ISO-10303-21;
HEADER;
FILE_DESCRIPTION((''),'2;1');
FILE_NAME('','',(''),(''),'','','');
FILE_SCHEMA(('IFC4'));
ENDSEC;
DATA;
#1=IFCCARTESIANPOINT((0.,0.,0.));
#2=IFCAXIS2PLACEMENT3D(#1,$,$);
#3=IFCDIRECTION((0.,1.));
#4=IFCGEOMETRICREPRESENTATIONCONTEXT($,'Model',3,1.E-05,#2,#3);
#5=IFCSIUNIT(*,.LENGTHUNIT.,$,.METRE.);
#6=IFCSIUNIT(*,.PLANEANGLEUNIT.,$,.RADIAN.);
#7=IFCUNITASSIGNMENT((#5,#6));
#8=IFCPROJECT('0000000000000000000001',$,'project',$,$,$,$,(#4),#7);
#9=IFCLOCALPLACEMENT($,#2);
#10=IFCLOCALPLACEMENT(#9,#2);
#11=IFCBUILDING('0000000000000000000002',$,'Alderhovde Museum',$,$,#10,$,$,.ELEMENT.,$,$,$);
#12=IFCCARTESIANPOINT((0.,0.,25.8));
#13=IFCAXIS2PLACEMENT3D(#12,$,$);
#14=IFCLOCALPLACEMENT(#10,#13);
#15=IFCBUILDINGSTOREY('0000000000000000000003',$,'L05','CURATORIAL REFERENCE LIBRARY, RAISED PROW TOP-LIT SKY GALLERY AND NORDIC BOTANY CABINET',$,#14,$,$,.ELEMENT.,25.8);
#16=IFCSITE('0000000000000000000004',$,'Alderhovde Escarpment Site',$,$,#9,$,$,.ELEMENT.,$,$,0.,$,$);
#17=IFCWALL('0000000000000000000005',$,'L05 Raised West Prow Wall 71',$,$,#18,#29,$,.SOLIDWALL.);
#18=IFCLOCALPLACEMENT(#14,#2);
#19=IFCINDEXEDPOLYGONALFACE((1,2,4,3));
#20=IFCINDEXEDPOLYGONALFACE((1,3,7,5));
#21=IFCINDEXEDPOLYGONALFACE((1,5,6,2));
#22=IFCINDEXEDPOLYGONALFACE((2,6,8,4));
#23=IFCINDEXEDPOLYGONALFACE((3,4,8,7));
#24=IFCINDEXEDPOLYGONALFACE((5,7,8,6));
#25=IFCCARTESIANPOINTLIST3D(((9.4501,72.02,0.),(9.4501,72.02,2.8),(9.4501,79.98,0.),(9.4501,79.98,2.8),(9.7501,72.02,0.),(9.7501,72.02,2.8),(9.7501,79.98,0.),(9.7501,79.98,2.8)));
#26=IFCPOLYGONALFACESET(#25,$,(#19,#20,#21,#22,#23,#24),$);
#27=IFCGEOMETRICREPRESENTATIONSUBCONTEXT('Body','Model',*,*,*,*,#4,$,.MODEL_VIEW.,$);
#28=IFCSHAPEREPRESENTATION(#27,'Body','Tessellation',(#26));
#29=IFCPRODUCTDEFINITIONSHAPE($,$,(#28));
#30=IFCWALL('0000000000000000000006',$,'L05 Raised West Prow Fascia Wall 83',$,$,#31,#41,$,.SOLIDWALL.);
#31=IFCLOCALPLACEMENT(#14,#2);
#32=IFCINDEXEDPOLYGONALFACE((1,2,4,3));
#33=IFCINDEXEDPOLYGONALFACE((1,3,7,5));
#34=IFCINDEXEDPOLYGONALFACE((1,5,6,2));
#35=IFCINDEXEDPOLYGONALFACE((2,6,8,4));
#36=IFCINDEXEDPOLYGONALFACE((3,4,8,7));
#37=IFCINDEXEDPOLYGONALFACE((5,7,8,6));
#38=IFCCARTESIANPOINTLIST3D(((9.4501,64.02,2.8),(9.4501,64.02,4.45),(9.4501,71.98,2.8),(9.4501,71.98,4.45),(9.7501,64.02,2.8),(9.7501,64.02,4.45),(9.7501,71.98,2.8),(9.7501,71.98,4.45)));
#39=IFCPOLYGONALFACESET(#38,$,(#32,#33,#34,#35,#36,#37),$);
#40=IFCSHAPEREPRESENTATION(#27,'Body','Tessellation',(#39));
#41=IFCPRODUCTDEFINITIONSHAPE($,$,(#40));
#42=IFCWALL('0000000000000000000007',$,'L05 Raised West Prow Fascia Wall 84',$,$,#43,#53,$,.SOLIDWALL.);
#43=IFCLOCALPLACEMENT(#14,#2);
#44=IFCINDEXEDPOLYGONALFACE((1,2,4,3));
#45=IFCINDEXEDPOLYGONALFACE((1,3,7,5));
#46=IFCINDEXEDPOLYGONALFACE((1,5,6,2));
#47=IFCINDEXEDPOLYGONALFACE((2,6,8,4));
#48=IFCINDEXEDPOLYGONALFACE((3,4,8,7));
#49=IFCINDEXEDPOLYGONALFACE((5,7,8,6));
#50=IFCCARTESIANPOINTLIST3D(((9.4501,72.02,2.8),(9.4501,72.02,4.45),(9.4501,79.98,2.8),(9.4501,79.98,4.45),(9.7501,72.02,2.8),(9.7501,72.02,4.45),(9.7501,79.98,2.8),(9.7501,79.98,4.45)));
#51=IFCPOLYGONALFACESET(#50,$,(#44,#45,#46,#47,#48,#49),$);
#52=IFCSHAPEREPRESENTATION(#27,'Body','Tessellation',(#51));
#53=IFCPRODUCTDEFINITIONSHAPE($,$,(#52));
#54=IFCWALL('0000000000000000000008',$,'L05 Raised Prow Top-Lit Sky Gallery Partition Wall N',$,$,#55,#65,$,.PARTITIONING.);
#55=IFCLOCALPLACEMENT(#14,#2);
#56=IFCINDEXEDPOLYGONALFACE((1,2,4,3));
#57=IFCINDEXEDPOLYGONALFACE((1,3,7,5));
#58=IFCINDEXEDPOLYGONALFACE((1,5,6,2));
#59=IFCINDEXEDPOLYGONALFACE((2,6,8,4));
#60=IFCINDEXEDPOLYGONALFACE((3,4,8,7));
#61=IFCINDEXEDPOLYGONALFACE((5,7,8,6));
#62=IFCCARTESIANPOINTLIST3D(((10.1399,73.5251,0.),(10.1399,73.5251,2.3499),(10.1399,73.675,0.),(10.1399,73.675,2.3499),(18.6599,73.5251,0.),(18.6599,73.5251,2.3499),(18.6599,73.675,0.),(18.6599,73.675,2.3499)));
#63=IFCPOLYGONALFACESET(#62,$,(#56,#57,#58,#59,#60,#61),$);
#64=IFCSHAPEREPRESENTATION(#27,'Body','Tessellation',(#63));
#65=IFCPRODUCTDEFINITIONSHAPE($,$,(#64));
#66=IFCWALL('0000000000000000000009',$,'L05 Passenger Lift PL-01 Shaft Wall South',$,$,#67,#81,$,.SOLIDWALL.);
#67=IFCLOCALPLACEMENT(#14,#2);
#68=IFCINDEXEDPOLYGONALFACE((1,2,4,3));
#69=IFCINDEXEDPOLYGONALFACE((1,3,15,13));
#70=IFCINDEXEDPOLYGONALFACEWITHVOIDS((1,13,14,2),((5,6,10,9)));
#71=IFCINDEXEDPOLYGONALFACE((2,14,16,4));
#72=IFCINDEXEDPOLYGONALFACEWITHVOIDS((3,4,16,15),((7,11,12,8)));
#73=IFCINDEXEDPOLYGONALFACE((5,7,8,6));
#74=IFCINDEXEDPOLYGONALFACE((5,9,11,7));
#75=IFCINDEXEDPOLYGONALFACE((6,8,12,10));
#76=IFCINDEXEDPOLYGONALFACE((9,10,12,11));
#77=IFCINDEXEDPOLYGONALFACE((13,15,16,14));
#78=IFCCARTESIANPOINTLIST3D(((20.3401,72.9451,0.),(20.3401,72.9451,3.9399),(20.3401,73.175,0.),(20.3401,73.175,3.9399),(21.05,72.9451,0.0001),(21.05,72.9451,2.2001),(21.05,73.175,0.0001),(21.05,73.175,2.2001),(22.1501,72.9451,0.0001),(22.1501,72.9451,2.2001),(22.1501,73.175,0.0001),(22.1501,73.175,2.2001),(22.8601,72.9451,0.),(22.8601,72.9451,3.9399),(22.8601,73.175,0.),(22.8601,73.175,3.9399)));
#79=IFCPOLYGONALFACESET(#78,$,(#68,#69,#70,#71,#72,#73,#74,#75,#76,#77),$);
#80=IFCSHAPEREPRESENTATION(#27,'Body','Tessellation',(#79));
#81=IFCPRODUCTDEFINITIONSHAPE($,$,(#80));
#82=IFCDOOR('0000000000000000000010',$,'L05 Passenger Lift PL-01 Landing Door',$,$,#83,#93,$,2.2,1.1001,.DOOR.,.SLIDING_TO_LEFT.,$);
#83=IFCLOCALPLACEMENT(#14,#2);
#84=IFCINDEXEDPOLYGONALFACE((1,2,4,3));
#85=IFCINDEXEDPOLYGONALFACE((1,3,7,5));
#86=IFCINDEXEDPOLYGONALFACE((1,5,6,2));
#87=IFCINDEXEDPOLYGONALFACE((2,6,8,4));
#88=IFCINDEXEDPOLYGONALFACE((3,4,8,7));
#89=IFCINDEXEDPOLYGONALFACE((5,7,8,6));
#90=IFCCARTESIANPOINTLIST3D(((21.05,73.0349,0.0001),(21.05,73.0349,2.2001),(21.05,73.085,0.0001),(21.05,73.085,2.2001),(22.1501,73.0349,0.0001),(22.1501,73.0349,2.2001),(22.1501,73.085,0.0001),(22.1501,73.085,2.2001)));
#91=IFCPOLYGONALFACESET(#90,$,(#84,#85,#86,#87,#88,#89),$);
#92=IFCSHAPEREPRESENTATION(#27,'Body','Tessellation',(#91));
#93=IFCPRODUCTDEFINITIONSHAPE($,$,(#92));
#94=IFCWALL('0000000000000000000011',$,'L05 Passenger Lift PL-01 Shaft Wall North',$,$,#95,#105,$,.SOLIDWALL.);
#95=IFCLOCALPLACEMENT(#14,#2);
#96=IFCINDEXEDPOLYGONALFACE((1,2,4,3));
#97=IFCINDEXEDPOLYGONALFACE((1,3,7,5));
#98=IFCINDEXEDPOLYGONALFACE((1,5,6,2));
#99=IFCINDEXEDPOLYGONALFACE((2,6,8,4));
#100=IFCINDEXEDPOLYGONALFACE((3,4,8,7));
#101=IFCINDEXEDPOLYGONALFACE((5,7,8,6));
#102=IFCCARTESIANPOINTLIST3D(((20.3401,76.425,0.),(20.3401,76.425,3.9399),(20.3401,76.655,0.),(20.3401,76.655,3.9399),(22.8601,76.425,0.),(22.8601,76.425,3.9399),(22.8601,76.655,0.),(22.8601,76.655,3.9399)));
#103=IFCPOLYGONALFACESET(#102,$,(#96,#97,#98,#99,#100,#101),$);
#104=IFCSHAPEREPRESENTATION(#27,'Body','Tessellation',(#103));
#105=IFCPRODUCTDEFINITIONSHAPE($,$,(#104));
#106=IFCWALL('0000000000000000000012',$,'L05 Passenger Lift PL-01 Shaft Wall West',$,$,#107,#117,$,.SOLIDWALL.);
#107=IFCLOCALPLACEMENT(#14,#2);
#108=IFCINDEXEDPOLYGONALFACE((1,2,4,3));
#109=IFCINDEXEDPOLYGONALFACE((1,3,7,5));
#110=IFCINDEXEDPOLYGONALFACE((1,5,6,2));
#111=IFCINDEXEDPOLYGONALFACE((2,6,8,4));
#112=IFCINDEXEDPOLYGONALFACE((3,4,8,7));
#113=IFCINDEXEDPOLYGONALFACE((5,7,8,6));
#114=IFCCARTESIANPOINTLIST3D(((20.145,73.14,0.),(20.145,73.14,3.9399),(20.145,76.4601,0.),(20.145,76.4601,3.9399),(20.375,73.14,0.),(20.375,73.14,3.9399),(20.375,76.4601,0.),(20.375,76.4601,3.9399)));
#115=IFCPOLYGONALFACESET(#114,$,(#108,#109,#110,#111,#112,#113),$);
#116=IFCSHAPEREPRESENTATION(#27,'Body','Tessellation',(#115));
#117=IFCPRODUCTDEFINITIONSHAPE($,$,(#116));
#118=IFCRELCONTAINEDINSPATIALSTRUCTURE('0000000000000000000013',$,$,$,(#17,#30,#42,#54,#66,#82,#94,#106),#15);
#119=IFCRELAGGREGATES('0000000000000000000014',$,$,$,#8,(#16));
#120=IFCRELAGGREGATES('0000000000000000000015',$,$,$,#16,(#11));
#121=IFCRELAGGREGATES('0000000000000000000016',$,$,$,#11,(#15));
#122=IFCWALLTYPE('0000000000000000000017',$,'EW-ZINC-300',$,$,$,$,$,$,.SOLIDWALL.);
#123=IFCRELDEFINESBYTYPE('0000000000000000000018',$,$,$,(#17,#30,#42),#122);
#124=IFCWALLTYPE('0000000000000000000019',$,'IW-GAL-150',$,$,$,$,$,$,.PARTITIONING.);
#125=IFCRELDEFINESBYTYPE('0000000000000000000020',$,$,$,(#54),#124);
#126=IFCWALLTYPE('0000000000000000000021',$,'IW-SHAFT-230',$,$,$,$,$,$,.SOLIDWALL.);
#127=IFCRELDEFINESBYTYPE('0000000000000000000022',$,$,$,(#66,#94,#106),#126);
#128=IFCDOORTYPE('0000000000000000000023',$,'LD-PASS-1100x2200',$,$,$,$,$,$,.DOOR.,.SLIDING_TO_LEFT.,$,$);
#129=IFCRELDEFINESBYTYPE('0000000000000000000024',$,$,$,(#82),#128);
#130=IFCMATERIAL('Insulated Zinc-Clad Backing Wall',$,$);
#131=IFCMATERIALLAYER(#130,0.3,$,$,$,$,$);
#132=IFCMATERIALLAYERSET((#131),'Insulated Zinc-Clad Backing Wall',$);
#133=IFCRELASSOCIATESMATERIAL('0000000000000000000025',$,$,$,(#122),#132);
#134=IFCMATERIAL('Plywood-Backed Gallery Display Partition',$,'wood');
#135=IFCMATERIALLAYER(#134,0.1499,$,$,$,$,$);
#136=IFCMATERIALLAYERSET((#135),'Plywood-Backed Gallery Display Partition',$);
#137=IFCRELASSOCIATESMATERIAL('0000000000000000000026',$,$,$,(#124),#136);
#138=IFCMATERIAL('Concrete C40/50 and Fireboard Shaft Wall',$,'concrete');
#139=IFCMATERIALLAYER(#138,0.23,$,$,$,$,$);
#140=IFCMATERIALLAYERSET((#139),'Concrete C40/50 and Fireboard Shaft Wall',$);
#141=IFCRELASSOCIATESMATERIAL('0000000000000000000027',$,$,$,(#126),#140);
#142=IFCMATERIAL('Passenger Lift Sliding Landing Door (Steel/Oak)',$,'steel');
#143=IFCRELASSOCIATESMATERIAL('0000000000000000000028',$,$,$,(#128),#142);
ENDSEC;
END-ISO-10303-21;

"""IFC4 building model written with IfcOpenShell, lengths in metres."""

from ifc_helpers import new_model, si_unit, direction, frame, frame_2d, origin, place, context, subcontext, project, spatial, rectangle, extrude, material, layer, layer_set, type_object, element, fill, save


model = new_model("IFC4")

# Units and contexts
model_context = context("Model", 3, precision=1e-05, world=origin(), true_north=direction((0.0, 1.0)))
body_context = subcontext(model_context, "Body", "Model", "MODEL_VIEW")
ifc_project = project(units=[si_unit("LENGTHUNIT", "METRE"), si_unit("PLANEANGLEUNIT", "RADIAN")], contexts=[model_context])

# Site, building, storey
site_placement = place(None, origin())
site = spatial("IfcSite", under=ifc_project, at=site_placement, Name="Alderhovde Escarpment Site", CompositionType="ELEMENT", RefElevation=0.0)
building_placement = place(site_placement, origin())
building = spatial("IfcBuilding", under=site, at=building_placement, Name="Alderhovde Museum", CompositionType="ELEMENT")
storey_placement = place(building_placement, frame((0.0, 0.0, 25.8)))
storey = spatial("IfcBuildingStorey", under=building, at=storey_placement, Name="L05", Description="CURATORIAL REFERENCE LIBRARY, RAISED PROW TOP-LIT SKY GALLERY AND NORDIC BOTANY CABINET", CompositionType="ELEMENT", Elevation=25.8)

# Walls
ifc_material_1 = material(Name="Insulated Zinc-Clad Backing Wall")
ifc_layer_1 = layer(ifc_material_1, 0.3)
ifc_layer_set_1 = layer_set([ifc_layer_1], Name="Insulated Zinc-Clad Backing Wall")
wall_type_1 = type_object("IfcWallType", Name="EW-ZINC-300", PredefinedType="SOLIDWALL", material=ifc_layer_set_1)
wall_1_placement = place(storey_placement, frame((9.6001, 72.02, 0.0), z_axis=(0.0, 0.0, 1.0), x_axis=(0.0, 1.0, 0.0)))
element("IfcWall", 1, at=wall_1_placement, inside=storey, type_object=wall_type_1, Name="L05 Raised West Prow Wall 71", PredefinedType="SOLIDWALL", context=body_context, shape_type="SweptSolid", body=[
    extrude(rectangle(XDim=7.96, YDim=0.3, at=frame_2d((3.98, 0.0))), origin(), (0.0, 0.0, 1.0), 2.8),
])
for number, where, z_axis, x_axis, name in (
    (2, (9.6001, 64.02, 2.8), (0.0, 0.0, 1.0), (0.0, 1.0, 0.0), "L05 Raised West Prow Fascia Wall 83"),
    (3, (9.6001, 72.02, 2.8), (0.0, 0.0, 1.0), (0.0, 1.0, 0.0), "L05 Raised West Prow Fascia Wall 84"),
):
    element("IfcWall", number, at=place(storey_placement, frame(where, z_axis=z_axis, x_axis=x_axis)), inside=storey, type_object=wall_type_1, Name=name, PredefinedType="SOLIDWALL", context=body_context, shape_type="SweptSolid", body=[
        extrude(rectangle(XDim=7.96, YDim=0.3, at=frame_2d((3.98, 0.0))), origin(), (0.0, 0.0, 1.0), 1.6499),
    ])
ifc_material_2 = material(Name="Plywood-Backed Gallery Display Partition", Category="wood")
ifc_layer_2 = layer(ifc_material_2, 0.1499)
ifc_layer_set_2 = layer_set([ifc_layer_2], Name="Plywood-Backed Gallery Display Partition")
wall_type_2 = type_object("IfcWallType", Name="IW-GAL-150", PredefinedType="PARTITIONING", material=ifc_layer_set_2)
wall_2_placement = place(storey_placement, frame((10.1399, 73.6001, 0.0), z_axis=(0.0, 0.0, 1.0), x_axis=(1.0, 0.0, 0.0)))
element("IfcWall", 4, at=wall_2_placement, inside=storey, type_object=wall_type_2, Name="L05 Raised Prow Top-Lit Sky Gallery Partition Wall N", PredefinedType="PARTITIONING", context=body_context, shape_type="SweptSolid", body=[
    extrude(rectangle(XDim=8.52, YDim=0.1499, at=frame_2d((4.26, 0.0))), origin(), (0.0, 0.0, 1.0), 2.3499),
])

# Wall, opening, door
ifc_material_3 = material(Name="Concrete C40/50 and Fireboard Shaft Wall", Category="concrete")
ifc_layer_3 = layer(ifc_material_3, 0.23)
ifc_layer_set_3 = layer_set([ifc_layer_3], Name="Concrete C40/50 and Fireboard Shaft Wall")
wall_type_3 = type_object("IfcWallType", Name="IW-SHAFT-230", PredefinedType="SOLIDWALL", material=ifc_layer_set_3)
wall_3_placement = place(storey_placement, frame((20.3401, 73.0601, 0.0), z_axis=(0.0, 0.0, 1.0), x_axis=(1.0, 0.0, 0.0)))
wall_3 = element("IfcWall", 5, at=wall_3_placement, inside=storey, type_object=wall_type_3, Name="L05 Passenger Lift PL-01 Shaft Wall South", PredefinedType="SOLIDWALL", context=body_context, shape_type="SweptSolid", body=[
    extrude(rectangle(XDim=2.52, YDim=0.23, at=frame_2d((1.26, 0.0))), origin(), (0.0, 0.0, 1.0), 3.9399),
])
opening_placement = place(wall_3_placement, frame((0.71, 0.0, 0.0)))
opening = element("IfcOpeningElement", 6, at=opening_placement, cuts=wall_3, PredefinedType="OPENING", context=body_context, shape_type="SweptSolid", body=[
    extrude(rectangle(XDim=1.1001, YDim=2.2, at=frame_2d((0.55, 1.1001))), frame((0.0, 0.125, 0.0), z_axis=(0.0, -1.0, 0.0), x_axis=(1.0, 0.0, 0.0)), (0.0, 0.0, 1.0), 0.25),
])
ifc_material_4 = material(Name="Passenger Lift Sliding Landing Door (Steel/Oak)", Category="steel")
door_type = type_object("IfcDoorType", Name="LD-PASS-1100x2200", OperationType="SLIDING_TO_LEFT", PredefinedType="DOOR", material=ifc_material_4)
door_placement = place(opening_placement, origin())
door = element("IfcDoor", 7, at=door_placement, inside=storey, type_object=door_type, Name="L05 Passenger Lift PL-01 Landing Door", OperationType="SLIDING_TO_LEFT", OverallHeight=2.2, OverallWidth=1.1001, PredefinedType="DOOR", context=body_context, shape_type="SweptSolid", body=[
    extrude(rectangle(XDim=1.1001, YDim=2.2, at=frame_2d((0.55, 1.1001))), frame((0.0, 0.0249, 0.0), z_axis=(0.0, -1.0, 0.0), x_axis=(1.0, 0.0, 0.0)), (0.0, 0.0, 1.0), 0.05),
])
fill(opening, door)

# Walls
wall_4_placement = place(storey_placement, frame((20.3401, 76.54, 0.0), z_axis=(0.0, 0.0, 1.0), x_axis=(1.0, 0.0, 0.0)))
element("IfcWall", 8, at=wall_4_placement, inside=storey, type_object=wall_type_3, Name="L05 Passenger Lift PL-01 Shaft Wall North", PredefinedType="SOLIDWALL", context=body_context, shape_type="SweptSolid", body=[
    extrude(rectangle(XDim=2.52, YDim=0.23, at=frame_2d((1.26, 0.0))), origin(), (0.0, 0.0, 1.0), 3.9399),
])
wall_5_placement = place(storey_placement, frame((20.26, 73.1399, 0.0), z_axis=(0.0, 0.0, 1.0), x_axis=(0.0, 1.0, 0.0)))
element("IfcWall", 9, at=wall_5_placement, inside=storey, type_object=wall_type_3, Name="L05 Passenger Lift PL-01 Shaft Wall West", PredefinedType="SOLIDWALL", context=body_context, shape_type="SweptSolid", body=[
    extrude(rectangle(XDim=3.3201, YDim=0.23, at=frame_2d((1.6602, 0.0))), origin(), (0.0, 0.0, 1.0), 3.9399),
])

save(model, "model.ifc")
